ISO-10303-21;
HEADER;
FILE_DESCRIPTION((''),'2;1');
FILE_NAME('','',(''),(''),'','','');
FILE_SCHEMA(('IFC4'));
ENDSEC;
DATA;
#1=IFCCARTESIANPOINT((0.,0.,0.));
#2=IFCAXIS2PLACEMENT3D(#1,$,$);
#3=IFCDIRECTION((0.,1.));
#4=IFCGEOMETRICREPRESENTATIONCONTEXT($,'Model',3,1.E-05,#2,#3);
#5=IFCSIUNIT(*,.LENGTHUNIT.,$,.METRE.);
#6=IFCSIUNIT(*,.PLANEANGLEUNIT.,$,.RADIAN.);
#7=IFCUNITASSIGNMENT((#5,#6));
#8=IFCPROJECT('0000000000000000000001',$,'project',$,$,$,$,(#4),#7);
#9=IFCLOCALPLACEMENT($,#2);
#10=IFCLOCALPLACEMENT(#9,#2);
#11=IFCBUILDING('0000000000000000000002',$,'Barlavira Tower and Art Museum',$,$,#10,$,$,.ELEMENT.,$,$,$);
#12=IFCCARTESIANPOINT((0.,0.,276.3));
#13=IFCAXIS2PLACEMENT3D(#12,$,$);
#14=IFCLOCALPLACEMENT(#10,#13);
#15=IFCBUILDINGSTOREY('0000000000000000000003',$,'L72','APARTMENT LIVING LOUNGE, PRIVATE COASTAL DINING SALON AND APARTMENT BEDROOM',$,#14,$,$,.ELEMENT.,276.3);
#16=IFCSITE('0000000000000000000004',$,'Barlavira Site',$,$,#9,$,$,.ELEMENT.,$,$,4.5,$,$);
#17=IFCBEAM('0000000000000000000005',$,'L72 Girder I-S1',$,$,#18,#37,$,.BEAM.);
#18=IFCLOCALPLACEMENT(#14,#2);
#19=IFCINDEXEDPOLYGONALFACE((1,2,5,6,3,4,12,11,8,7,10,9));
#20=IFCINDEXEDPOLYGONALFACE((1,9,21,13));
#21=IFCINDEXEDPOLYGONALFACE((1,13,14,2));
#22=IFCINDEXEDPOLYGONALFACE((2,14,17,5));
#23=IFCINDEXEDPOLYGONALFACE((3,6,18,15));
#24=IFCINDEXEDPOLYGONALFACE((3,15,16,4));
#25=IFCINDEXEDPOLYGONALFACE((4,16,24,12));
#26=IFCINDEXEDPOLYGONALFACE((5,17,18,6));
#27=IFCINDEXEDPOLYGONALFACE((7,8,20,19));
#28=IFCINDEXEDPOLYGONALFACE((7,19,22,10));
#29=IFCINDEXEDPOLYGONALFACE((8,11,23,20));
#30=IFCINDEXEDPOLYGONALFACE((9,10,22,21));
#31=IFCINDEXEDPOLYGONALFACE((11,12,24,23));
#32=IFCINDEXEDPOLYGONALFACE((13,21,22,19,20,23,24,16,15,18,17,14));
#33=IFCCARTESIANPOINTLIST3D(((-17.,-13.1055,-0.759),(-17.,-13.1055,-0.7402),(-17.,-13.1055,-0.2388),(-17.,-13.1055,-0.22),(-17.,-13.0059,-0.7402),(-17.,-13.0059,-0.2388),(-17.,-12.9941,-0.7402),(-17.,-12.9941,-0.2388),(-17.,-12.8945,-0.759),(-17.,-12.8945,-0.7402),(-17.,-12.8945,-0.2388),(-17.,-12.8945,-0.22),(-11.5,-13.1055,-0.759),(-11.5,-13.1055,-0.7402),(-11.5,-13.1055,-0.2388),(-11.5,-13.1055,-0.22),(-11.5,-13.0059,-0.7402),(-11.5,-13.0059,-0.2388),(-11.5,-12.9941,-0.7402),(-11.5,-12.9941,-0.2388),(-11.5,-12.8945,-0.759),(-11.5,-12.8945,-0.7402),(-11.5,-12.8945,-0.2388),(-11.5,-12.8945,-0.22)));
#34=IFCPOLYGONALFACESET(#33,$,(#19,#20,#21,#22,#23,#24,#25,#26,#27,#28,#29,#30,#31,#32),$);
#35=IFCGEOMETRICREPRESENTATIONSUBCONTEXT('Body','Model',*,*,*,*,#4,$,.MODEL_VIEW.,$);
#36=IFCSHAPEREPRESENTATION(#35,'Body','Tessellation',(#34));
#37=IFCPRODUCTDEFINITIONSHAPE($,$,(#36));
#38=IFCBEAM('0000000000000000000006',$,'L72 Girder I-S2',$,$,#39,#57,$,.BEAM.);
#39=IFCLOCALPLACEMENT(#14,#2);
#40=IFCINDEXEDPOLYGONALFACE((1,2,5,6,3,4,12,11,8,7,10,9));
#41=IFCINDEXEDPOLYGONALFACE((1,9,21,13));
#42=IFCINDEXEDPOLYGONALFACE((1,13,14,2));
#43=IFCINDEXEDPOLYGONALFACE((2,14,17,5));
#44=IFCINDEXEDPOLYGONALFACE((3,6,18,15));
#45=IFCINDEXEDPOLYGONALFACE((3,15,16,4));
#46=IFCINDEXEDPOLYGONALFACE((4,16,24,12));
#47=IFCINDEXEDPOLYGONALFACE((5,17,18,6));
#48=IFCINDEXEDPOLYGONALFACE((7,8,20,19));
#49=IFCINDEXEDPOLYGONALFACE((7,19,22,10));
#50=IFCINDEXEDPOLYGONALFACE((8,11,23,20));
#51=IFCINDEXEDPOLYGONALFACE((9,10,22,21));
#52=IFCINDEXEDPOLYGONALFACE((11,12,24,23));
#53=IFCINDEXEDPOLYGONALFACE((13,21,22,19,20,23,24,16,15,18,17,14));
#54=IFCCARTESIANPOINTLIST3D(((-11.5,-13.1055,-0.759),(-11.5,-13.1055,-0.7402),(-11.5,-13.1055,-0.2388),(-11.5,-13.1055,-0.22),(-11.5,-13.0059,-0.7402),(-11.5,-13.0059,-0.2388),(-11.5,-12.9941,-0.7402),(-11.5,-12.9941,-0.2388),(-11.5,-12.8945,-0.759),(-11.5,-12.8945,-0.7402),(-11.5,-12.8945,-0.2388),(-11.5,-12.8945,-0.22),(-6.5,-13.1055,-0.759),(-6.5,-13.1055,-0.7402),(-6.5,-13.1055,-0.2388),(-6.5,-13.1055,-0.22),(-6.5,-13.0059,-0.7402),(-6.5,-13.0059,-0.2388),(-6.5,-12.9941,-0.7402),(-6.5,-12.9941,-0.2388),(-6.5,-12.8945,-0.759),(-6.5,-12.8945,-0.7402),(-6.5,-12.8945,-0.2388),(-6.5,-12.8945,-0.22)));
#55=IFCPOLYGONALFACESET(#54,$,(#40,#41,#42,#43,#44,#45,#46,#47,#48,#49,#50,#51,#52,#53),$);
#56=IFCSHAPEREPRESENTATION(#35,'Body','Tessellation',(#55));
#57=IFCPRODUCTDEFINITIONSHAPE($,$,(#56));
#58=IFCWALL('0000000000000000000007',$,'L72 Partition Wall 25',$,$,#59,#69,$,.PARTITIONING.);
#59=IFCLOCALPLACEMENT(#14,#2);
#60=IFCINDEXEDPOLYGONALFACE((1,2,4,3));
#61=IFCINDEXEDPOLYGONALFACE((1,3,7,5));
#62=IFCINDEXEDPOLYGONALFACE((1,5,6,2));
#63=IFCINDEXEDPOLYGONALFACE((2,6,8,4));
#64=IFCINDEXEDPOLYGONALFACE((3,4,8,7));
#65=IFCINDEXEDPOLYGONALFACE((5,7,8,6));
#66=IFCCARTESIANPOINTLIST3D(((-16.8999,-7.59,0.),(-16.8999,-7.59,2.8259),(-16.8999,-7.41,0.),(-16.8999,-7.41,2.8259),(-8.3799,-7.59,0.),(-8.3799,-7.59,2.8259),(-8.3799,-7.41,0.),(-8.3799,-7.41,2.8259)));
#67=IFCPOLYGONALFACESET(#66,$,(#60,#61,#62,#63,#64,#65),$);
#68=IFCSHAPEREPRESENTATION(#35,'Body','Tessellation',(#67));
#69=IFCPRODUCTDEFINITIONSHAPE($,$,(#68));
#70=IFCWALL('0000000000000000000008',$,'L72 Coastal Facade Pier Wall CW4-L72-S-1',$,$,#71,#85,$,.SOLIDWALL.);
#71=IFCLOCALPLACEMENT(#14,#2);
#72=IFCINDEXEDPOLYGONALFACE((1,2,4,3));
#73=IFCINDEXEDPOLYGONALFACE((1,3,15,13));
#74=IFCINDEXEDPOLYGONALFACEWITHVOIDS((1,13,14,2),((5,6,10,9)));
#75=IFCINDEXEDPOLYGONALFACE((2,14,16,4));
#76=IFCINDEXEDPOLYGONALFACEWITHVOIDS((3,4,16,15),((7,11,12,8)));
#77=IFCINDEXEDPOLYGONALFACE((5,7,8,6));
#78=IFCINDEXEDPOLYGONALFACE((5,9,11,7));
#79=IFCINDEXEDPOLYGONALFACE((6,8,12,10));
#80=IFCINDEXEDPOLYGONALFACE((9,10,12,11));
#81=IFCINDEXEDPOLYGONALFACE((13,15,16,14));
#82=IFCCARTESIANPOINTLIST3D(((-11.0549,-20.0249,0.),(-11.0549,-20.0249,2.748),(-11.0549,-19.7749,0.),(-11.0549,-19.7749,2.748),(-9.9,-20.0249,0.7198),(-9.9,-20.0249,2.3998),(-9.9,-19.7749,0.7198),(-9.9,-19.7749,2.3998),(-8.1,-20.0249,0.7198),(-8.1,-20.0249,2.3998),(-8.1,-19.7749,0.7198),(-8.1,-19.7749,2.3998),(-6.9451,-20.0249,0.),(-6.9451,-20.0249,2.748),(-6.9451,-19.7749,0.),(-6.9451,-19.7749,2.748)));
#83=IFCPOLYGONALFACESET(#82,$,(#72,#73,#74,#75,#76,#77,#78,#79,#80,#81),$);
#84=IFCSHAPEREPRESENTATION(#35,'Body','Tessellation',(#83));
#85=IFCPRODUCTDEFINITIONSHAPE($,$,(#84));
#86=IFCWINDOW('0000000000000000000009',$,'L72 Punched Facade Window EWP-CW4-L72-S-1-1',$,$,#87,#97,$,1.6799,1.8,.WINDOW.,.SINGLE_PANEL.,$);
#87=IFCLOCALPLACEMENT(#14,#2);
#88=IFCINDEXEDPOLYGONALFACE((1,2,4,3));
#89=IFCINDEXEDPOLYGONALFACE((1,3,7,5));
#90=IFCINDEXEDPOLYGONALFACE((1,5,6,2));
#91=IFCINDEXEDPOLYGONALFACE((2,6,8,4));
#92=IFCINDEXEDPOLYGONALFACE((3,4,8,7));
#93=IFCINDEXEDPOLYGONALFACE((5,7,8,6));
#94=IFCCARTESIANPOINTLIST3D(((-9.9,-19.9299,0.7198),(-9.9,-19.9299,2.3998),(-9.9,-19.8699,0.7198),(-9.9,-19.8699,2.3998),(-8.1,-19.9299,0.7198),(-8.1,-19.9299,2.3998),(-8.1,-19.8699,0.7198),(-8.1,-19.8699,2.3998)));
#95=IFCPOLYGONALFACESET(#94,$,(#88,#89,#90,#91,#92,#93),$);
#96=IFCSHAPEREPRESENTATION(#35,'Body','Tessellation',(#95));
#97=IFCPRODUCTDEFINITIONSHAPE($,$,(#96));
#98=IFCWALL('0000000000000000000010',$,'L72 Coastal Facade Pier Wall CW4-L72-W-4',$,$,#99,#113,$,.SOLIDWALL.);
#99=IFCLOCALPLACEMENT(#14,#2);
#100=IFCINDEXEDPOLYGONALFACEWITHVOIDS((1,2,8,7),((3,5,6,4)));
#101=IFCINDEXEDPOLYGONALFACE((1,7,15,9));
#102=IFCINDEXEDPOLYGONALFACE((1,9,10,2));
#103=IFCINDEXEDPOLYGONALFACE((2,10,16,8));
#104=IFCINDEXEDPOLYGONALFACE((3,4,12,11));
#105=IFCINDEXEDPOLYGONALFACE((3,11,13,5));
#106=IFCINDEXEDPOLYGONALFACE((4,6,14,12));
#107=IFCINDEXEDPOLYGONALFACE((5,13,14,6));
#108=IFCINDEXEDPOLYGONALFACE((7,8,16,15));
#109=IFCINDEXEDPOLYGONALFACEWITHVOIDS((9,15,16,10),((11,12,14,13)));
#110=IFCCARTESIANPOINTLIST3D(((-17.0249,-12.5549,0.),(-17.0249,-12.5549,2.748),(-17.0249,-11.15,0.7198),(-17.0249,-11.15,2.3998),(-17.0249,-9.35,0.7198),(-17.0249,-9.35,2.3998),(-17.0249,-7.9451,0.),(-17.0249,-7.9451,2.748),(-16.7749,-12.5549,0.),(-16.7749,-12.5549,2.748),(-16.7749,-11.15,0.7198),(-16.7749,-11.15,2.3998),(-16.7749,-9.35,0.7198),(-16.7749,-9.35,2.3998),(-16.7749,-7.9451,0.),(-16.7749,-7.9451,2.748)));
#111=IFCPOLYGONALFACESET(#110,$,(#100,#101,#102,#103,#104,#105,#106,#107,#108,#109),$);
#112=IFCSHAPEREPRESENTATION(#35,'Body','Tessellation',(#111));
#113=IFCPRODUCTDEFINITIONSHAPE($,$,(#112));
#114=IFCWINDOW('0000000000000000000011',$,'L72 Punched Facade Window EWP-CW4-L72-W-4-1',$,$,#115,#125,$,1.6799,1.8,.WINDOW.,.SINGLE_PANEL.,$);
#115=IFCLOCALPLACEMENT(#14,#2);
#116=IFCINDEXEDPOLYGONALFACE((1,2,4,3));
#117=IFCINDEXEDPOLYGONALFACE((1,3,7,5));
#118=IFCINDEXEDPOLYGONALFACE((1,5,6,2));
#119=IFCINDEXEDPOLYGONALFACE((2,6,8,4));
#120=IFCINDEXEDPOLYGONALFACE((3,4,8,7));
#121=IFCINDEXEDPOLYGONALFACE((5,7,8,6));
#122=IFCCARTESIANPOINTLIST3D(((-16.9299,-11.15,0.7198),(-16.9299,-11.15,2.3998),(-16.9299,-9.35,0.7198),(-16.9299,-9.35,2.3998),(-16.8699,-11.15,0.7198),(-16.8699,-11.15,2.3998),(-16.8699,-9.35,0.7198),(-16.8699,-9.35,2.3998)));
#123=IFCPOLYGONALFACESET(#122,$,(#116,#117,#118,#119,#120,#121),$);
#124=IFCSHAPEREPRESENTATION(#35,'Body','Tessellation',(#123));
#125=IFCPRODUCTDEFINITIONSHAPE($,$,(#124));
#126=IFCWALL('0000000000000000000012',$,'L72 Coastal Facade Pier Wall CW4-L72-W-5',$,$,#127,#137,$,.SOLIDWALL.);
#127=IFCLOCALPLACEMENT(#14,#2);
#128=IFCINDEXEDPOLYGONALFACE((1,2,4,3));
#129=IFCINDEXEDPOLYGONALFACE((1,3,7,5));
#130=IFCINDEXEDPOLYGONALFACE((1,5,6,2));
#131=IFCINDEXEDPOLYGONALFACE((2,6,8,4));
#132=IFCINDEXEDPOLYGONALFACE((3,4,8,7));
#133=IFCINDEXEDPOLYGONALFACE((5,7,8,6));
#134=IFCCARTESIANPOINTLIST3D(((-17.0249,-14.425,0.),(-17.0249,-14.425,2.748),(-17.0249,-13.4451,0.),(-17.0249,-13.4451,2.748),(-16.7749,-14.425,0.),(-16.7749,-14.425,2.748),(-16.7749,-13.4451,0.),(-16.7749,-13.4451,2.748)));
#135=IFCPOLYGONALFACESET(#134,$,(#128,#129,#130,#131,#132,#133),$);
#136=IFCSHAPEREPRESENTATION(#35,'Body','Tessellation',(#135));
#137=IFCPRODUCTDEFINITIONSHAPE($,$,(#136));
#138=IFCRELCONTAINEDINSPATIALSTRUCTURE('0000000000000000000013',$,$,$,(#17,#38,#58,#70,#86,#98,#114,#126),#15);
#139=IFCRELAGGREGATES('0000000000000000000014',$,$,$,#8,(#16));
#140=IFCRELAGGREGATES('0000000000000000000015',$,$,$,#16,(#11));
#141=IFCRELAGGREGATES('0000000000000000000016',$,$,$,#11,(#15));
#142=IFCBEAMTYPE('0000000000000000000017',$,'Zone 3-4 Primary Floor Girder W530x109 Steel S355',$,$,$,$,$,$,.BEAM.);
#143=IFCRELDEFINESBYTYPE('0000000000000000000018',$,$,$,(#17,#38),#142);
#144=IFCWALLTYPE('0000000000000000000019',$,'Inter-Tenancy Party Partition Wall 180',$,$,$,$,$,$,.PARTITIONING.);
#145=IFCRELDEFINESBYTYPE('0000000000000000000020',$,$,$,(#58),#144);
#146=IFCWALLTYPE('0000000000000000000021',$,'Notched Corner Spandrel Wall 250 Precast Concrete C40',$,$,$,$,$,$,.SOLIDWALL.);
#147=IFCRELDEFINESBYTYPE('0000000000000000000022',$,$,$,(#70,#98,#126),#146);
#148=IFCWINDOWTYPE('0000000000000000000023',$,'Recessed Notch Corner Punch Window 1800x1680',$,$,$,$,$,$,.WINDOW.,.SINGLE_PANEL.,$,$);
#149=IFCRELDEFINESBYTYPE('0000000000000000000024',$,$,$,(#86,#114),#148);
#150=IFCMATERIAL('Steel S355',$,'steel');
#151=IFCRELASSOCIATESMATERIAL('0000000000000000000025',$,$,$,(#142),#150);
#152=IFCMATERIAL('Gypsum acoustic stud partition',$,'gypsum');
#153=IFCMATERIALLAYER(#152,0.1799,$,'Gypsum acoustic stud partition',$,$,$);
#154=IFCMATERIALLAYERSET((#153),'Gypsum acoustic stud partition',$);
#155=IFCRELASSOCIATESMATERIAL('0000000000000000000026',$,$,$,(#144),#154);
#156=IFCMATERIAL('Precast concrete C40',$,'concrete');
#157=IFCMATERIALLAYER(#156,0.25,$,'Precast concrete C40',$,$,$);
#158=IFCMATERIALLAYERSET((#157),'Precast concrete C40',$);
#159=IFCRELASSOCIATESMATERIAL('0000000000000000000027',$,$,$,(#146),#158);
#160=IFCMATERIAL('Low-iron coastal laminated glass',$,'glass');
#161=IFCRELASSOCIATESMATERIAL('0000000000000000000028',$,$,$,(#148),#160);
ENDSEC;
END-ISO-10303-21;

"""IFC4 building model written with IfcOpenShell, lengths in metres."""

from ifc_helpers import new_model, si_unit, direction, frame, frame_2d, origin, origin_2d, place, context, subcontext, project, spatial, rectangle, i_section, extrude, material, layer, layer_set, material_profile, profile_set, type_object, element, fill, save


model = new_model("IFC4")

# Units and contexts
model_context = context("Model", 3, precision=1e-05, world=origin(), true_north=direction((0.0, 1.0)))
body_context = subcontext(model_context, "Body", "Model", "MODEL_VIEW")
ifc_project = project(units=[si_unit("LENGTHUNIT", "METRE"), si_unit("PLANEANGLEUNIT", "RADIAN")], contexts=[model_context])

# Site, building, storey
site_placement = place(None, origin())
site = spatial("IfcSite", under=ifc_project, at=site_placement, Name="Barlavira Site", CompositionType="ELEMENT", RefElevation=4.5)
building_placement = place(site_placement, origin())
building = spatial("IfcBuilding", under=site, at=building_placement, Name="Barlavira Tower and Art Museum", CompositionType="ELEMENT")
storey_placement = place(building_placement, frame((0.0, 0.0, 276.3)))
storey = spatial("IfcBuildingStorey", under=building, at=storey_placement, Name="L72", Description="APARTMENT LIVING LOUNGE, PRIVATE COASTAL DINING SALON AND APARTMENT BEDROOM", CompositionType="ELEMENT", Elevation=276.3)

# Beams
ifc_material_1 = material(Name="Steel S355", Category="steel")
ifc_material_profile_1 = material_profile(ifc_material_1, i_section(OverallWidth=0.2109, OverallDepth=0.5391, WebThickness=0.0117, FlangeThickness=0.0188, at=origin_2d()), Name="W530x109.0")
ifc_profile_set_1 = profile_set([ifc_material_profile_1], Name="Steel S355")
beam_type_1 = type_object("IfcBeamType", Name="Zone 3-4 Primary Floor Girder W530x109 Steel S355", PredefinedType="BEAM", material=ifc_profile_set_1)
beam_1_placement = place(storey_placement, frame((-17.0, -13.0, -0.4895), z_axis=(1.0, 0.0, 0.0), x_axis=(0.0, 1.0, 0.0)))
element("IfcBeam", 1, at=beam_1_placement, inside=storey, type_object=beam_type_1, Name="L72 Girder I-S1", PredefinedType="BEAM", context=body_context, shape_type="SweptSolid", body=[
    extrude(i_section(OverallWidth=0.2109, OverallDepth=0.5391, WebThickness=0.0117, FlangeThickness=0.0188, at=origin_2d()), origin(), (0.0, 0.0, 1.0), 5.5),
])
beam_2_placement = place(storey_placement, frame((-11.5, -13.0, -0.4895), z_axis=(1.0, 0.0, 0.0), x_axis=(0.0, 1.0, 0.0)))
element("IfcBeam", 2, at=beam_2_placement, inside=storey, type_object=beam_type_1, Name="L72 Girder I-S2", PredefinedType="BEAM", context=body_context, shape_type="SweptSolid", body=[
    extrude(i_section(OverallWidth=0.2109, OverallDepth=0.5391, WebThickness=0.0117, FlangeThickness=0.0188, at=origin_2d()), origin(), (0.0, 0.0, 1.0), 5.0),
])

# Wall
ifc_material_2 = material(Name="Gypsum acoustic stud partition", Category="gypsum")
ifc_layer_1 = layer(ifc_material_2, 0.1799, Name="Gypsum acoustic stud partition")
ifc_layer_set_1 = layer_set([ifc_layer_1], Name="Gypsum acoustic stud partition")
wall_type_1 = type_object("IfcWallType", Name="Inter-Tenancy Party Partition Wall 180", PredefinedType="PARTITIONING", material=ifc_layer_set_1)
wall_1_placement = place(storey_placement, frame((-16.8999, -7.5, 0.0), z_axis=(0.0, 0.0, 1.0), x_axis=(1.0, 0.0, 0.0)))
element("IfcWall", 3, at=wall_1_placement, inside=storey, type_object=wall_type_1, Name="L72 Partition Wall 25", PredefinedType="PARTITIONING", context=body_context, shape_type="SweptSolid", body=[
    extrude(rectangle(XDim=8.52, YDim=0.1799, at=frame_2d((4.26, 0.0))), origin(), (0.0, 0.0, 1.0), 2.8259),
])

# Walls, openings, windows
ifc_material_3 = material(Name="Precast concrete C40", Category="concrete")
ifc_layer_2 = layer(ifc_material_3, 0.25, Name="Precast concrete C40")
ifc_layer_set_2 = layer_set([ifc_layer_2], Name="Precast concrete C40")
wall_type_2 = type_object("IfcWallType", Name="Notched Corner Spandrel Wall 250 Precast Concrete C40", PredefinedType="SOLIDWALL", material=ifc_layer_set_2)
wall_2_placement = place(storey_placement, frame((-11.0549, -19.8999, 0.0), z_axis=(0.0, 0.0, 1.0), x_axis=(1.0, 0.0, 0.0)))
wall_2 = element("IfcWall", 4, at=wall_2_placement, inside=storey, type_object=wall_type_2, Name="L72 Coastal Facade Pier Wall CW4-L72-S-1", PredefinedType="SOLIDWALL", context=body_context, shape_type="SweptSolid", body=[
    extrude(rectangle(XDim=4.1099, YDim=0.25, at=frame_2d((2.0549, 0.0))), origin(), (0.0, 0.0, 1.0), 2.748),
])
opening_1_placement = place(wall_2_placement, frame((1.155, 0.0, 0.72)))
opening_1 = element("IfcOpeningElement", 5, at=opening_1_placement, cuts=wall_2, PredefinedType="OPENING", context=body_context, shape_type="SweptSolid", body=[
    extrude(rectangle(XDim=1.8, YDim=1.6799, at=frame_2d((0.8999, 0.8398))), frame((0.0, 0.135, 0.0), z_axis=(0.0, -1.0, 0.0), x_axis=(1.0, 0.0, 0.0)), (0.0, 0.0, 1.0), 0.27),
])
ifc_material_4 = material(Name="Low-iron coastal laminated glass", Category="glass")
window_type = type_object("IfcWindowType", Name="Recessed Notch Corner Punch Window 1800x1680", PartitioningType="SINGLE_PANEL", PredefinedType="WINDOW", material=ifc_material_4)
window_1_placement = place(opening_1_placement, origin())
window_1 = element("IfcWindow", 6, at=window_1_placement, inside=storey, type_object=window_type, Name="L72 Punched Facade Window EWP-CW4-L72-S-1-1", OverallHeight=1.6799, OverallWidth=1.8, PartitioningType="SINGLE_PANEL", PredefinedType="WINDOW", context=body_context, shape_type="SweptSolid", body=[
    extrude(rectangle(XDim=1.8, YDim=1.6799, at=frame_2d((0.8999, 0.8398))), frame((0.0, 0.03, 0.0), z_axis=(0.0, -1.0, 0.0), x_axis=(1.0, 0.0, 0.0)), (0.0, 0.0, 1.0), 0.0601),
])
fill(opening_1, window_1)
wall_3_placement = place(storey_placement, frame((-16.8999, -7.9451, 0.0), z_axis=(0.0, 0.0, 1.0), x_axis=(0.0, -1.0, 0.0)))
wall_3 = element("IfcWall", 7, at=wall_3_placement, inside=storey, type_object=wall_type_2, Name="L72 Coastal Facade Pier Wall CW4-L72-W-4", PredefinedType="SOLIDWALL", context=body_context, shape_type="SweptSolid", body=[
    extrude(rectangle(XDim=4.6099, YDim=0.25, at=frame_2d((2.3049, 0.0))), origin(), (0.0, 0.0, 1.0), 2.748),
])
opening_2_placement = place(wall_3_placement, frame((1.405, 0.0, 0.72)))
opening_2 = element("IfcOpeningElement", 8, at=opening_2_placement, cuts=wall_3, PredefinedType="OPENING", context=body_context, shape_type="SweptSolid", body=[
    extrude(rectangle(XDim=1.8, YDim=1.6799, at=frame_2d((0.8999, 0.8398))), frame((0.0, 0.135, 0.0), z_axis=(0.0, -1.0, 0.0), x_axis=(1.0, 0.0, 0.0)), (0.0, 0.0, 1.0), 0.27),
])
window_2_placement = place(opening_2_placement, origin())
window_2 = element("IfcWindow", 9, at=window_2_placement, inside=storey, type_object=window_type, Name="L72 Punched Facade Window EWP-CW4-L72-W-4-1", OverallHeight=1.6799, OverallWidth=1.8, PartitioningType="SINGLE_PANEL", PredefinedType="WINDOW", context=body_context, shape_type="SweptSolid", body=[
    extrude(rectangle(XDim=1.8, YDim=1.6799, at=frame_2d((0.8999, 0.8398))), frame((0.0, 0.03, 0.0), z_axis=(0.0, -1.0, 0.0), x_axis=(1.0, 0.0, 0.0)), (0.0, 0.0, 1.0), 0.0601),
])
fill(opening_2, window_2)

# Wall
wall_4_placement = place(storey_placement, frame((-16.8999, -13.4451, 0.0), z_axis=(0.0, 0.0, 1.0), x_axis=(0.0, -1.0, 0.0)))
element("IfcWall", 10, at=wall_4_placement, inside=storey, type_object=wall_type_2, Name="L72 Coastal Facade Pier Wall CW4-L72-W-5", PredefinedType="SOLIDWALL", context=body_context, shape_type="SweptSolid", body=[
    extrude(rectangle(XDim=0.98, YDim=0.25, at=frame_2d((0.49, 0.0))), origin(), (0.0, 0.0, 1.0), 2.748),
])

save(model, "model.ifc")
